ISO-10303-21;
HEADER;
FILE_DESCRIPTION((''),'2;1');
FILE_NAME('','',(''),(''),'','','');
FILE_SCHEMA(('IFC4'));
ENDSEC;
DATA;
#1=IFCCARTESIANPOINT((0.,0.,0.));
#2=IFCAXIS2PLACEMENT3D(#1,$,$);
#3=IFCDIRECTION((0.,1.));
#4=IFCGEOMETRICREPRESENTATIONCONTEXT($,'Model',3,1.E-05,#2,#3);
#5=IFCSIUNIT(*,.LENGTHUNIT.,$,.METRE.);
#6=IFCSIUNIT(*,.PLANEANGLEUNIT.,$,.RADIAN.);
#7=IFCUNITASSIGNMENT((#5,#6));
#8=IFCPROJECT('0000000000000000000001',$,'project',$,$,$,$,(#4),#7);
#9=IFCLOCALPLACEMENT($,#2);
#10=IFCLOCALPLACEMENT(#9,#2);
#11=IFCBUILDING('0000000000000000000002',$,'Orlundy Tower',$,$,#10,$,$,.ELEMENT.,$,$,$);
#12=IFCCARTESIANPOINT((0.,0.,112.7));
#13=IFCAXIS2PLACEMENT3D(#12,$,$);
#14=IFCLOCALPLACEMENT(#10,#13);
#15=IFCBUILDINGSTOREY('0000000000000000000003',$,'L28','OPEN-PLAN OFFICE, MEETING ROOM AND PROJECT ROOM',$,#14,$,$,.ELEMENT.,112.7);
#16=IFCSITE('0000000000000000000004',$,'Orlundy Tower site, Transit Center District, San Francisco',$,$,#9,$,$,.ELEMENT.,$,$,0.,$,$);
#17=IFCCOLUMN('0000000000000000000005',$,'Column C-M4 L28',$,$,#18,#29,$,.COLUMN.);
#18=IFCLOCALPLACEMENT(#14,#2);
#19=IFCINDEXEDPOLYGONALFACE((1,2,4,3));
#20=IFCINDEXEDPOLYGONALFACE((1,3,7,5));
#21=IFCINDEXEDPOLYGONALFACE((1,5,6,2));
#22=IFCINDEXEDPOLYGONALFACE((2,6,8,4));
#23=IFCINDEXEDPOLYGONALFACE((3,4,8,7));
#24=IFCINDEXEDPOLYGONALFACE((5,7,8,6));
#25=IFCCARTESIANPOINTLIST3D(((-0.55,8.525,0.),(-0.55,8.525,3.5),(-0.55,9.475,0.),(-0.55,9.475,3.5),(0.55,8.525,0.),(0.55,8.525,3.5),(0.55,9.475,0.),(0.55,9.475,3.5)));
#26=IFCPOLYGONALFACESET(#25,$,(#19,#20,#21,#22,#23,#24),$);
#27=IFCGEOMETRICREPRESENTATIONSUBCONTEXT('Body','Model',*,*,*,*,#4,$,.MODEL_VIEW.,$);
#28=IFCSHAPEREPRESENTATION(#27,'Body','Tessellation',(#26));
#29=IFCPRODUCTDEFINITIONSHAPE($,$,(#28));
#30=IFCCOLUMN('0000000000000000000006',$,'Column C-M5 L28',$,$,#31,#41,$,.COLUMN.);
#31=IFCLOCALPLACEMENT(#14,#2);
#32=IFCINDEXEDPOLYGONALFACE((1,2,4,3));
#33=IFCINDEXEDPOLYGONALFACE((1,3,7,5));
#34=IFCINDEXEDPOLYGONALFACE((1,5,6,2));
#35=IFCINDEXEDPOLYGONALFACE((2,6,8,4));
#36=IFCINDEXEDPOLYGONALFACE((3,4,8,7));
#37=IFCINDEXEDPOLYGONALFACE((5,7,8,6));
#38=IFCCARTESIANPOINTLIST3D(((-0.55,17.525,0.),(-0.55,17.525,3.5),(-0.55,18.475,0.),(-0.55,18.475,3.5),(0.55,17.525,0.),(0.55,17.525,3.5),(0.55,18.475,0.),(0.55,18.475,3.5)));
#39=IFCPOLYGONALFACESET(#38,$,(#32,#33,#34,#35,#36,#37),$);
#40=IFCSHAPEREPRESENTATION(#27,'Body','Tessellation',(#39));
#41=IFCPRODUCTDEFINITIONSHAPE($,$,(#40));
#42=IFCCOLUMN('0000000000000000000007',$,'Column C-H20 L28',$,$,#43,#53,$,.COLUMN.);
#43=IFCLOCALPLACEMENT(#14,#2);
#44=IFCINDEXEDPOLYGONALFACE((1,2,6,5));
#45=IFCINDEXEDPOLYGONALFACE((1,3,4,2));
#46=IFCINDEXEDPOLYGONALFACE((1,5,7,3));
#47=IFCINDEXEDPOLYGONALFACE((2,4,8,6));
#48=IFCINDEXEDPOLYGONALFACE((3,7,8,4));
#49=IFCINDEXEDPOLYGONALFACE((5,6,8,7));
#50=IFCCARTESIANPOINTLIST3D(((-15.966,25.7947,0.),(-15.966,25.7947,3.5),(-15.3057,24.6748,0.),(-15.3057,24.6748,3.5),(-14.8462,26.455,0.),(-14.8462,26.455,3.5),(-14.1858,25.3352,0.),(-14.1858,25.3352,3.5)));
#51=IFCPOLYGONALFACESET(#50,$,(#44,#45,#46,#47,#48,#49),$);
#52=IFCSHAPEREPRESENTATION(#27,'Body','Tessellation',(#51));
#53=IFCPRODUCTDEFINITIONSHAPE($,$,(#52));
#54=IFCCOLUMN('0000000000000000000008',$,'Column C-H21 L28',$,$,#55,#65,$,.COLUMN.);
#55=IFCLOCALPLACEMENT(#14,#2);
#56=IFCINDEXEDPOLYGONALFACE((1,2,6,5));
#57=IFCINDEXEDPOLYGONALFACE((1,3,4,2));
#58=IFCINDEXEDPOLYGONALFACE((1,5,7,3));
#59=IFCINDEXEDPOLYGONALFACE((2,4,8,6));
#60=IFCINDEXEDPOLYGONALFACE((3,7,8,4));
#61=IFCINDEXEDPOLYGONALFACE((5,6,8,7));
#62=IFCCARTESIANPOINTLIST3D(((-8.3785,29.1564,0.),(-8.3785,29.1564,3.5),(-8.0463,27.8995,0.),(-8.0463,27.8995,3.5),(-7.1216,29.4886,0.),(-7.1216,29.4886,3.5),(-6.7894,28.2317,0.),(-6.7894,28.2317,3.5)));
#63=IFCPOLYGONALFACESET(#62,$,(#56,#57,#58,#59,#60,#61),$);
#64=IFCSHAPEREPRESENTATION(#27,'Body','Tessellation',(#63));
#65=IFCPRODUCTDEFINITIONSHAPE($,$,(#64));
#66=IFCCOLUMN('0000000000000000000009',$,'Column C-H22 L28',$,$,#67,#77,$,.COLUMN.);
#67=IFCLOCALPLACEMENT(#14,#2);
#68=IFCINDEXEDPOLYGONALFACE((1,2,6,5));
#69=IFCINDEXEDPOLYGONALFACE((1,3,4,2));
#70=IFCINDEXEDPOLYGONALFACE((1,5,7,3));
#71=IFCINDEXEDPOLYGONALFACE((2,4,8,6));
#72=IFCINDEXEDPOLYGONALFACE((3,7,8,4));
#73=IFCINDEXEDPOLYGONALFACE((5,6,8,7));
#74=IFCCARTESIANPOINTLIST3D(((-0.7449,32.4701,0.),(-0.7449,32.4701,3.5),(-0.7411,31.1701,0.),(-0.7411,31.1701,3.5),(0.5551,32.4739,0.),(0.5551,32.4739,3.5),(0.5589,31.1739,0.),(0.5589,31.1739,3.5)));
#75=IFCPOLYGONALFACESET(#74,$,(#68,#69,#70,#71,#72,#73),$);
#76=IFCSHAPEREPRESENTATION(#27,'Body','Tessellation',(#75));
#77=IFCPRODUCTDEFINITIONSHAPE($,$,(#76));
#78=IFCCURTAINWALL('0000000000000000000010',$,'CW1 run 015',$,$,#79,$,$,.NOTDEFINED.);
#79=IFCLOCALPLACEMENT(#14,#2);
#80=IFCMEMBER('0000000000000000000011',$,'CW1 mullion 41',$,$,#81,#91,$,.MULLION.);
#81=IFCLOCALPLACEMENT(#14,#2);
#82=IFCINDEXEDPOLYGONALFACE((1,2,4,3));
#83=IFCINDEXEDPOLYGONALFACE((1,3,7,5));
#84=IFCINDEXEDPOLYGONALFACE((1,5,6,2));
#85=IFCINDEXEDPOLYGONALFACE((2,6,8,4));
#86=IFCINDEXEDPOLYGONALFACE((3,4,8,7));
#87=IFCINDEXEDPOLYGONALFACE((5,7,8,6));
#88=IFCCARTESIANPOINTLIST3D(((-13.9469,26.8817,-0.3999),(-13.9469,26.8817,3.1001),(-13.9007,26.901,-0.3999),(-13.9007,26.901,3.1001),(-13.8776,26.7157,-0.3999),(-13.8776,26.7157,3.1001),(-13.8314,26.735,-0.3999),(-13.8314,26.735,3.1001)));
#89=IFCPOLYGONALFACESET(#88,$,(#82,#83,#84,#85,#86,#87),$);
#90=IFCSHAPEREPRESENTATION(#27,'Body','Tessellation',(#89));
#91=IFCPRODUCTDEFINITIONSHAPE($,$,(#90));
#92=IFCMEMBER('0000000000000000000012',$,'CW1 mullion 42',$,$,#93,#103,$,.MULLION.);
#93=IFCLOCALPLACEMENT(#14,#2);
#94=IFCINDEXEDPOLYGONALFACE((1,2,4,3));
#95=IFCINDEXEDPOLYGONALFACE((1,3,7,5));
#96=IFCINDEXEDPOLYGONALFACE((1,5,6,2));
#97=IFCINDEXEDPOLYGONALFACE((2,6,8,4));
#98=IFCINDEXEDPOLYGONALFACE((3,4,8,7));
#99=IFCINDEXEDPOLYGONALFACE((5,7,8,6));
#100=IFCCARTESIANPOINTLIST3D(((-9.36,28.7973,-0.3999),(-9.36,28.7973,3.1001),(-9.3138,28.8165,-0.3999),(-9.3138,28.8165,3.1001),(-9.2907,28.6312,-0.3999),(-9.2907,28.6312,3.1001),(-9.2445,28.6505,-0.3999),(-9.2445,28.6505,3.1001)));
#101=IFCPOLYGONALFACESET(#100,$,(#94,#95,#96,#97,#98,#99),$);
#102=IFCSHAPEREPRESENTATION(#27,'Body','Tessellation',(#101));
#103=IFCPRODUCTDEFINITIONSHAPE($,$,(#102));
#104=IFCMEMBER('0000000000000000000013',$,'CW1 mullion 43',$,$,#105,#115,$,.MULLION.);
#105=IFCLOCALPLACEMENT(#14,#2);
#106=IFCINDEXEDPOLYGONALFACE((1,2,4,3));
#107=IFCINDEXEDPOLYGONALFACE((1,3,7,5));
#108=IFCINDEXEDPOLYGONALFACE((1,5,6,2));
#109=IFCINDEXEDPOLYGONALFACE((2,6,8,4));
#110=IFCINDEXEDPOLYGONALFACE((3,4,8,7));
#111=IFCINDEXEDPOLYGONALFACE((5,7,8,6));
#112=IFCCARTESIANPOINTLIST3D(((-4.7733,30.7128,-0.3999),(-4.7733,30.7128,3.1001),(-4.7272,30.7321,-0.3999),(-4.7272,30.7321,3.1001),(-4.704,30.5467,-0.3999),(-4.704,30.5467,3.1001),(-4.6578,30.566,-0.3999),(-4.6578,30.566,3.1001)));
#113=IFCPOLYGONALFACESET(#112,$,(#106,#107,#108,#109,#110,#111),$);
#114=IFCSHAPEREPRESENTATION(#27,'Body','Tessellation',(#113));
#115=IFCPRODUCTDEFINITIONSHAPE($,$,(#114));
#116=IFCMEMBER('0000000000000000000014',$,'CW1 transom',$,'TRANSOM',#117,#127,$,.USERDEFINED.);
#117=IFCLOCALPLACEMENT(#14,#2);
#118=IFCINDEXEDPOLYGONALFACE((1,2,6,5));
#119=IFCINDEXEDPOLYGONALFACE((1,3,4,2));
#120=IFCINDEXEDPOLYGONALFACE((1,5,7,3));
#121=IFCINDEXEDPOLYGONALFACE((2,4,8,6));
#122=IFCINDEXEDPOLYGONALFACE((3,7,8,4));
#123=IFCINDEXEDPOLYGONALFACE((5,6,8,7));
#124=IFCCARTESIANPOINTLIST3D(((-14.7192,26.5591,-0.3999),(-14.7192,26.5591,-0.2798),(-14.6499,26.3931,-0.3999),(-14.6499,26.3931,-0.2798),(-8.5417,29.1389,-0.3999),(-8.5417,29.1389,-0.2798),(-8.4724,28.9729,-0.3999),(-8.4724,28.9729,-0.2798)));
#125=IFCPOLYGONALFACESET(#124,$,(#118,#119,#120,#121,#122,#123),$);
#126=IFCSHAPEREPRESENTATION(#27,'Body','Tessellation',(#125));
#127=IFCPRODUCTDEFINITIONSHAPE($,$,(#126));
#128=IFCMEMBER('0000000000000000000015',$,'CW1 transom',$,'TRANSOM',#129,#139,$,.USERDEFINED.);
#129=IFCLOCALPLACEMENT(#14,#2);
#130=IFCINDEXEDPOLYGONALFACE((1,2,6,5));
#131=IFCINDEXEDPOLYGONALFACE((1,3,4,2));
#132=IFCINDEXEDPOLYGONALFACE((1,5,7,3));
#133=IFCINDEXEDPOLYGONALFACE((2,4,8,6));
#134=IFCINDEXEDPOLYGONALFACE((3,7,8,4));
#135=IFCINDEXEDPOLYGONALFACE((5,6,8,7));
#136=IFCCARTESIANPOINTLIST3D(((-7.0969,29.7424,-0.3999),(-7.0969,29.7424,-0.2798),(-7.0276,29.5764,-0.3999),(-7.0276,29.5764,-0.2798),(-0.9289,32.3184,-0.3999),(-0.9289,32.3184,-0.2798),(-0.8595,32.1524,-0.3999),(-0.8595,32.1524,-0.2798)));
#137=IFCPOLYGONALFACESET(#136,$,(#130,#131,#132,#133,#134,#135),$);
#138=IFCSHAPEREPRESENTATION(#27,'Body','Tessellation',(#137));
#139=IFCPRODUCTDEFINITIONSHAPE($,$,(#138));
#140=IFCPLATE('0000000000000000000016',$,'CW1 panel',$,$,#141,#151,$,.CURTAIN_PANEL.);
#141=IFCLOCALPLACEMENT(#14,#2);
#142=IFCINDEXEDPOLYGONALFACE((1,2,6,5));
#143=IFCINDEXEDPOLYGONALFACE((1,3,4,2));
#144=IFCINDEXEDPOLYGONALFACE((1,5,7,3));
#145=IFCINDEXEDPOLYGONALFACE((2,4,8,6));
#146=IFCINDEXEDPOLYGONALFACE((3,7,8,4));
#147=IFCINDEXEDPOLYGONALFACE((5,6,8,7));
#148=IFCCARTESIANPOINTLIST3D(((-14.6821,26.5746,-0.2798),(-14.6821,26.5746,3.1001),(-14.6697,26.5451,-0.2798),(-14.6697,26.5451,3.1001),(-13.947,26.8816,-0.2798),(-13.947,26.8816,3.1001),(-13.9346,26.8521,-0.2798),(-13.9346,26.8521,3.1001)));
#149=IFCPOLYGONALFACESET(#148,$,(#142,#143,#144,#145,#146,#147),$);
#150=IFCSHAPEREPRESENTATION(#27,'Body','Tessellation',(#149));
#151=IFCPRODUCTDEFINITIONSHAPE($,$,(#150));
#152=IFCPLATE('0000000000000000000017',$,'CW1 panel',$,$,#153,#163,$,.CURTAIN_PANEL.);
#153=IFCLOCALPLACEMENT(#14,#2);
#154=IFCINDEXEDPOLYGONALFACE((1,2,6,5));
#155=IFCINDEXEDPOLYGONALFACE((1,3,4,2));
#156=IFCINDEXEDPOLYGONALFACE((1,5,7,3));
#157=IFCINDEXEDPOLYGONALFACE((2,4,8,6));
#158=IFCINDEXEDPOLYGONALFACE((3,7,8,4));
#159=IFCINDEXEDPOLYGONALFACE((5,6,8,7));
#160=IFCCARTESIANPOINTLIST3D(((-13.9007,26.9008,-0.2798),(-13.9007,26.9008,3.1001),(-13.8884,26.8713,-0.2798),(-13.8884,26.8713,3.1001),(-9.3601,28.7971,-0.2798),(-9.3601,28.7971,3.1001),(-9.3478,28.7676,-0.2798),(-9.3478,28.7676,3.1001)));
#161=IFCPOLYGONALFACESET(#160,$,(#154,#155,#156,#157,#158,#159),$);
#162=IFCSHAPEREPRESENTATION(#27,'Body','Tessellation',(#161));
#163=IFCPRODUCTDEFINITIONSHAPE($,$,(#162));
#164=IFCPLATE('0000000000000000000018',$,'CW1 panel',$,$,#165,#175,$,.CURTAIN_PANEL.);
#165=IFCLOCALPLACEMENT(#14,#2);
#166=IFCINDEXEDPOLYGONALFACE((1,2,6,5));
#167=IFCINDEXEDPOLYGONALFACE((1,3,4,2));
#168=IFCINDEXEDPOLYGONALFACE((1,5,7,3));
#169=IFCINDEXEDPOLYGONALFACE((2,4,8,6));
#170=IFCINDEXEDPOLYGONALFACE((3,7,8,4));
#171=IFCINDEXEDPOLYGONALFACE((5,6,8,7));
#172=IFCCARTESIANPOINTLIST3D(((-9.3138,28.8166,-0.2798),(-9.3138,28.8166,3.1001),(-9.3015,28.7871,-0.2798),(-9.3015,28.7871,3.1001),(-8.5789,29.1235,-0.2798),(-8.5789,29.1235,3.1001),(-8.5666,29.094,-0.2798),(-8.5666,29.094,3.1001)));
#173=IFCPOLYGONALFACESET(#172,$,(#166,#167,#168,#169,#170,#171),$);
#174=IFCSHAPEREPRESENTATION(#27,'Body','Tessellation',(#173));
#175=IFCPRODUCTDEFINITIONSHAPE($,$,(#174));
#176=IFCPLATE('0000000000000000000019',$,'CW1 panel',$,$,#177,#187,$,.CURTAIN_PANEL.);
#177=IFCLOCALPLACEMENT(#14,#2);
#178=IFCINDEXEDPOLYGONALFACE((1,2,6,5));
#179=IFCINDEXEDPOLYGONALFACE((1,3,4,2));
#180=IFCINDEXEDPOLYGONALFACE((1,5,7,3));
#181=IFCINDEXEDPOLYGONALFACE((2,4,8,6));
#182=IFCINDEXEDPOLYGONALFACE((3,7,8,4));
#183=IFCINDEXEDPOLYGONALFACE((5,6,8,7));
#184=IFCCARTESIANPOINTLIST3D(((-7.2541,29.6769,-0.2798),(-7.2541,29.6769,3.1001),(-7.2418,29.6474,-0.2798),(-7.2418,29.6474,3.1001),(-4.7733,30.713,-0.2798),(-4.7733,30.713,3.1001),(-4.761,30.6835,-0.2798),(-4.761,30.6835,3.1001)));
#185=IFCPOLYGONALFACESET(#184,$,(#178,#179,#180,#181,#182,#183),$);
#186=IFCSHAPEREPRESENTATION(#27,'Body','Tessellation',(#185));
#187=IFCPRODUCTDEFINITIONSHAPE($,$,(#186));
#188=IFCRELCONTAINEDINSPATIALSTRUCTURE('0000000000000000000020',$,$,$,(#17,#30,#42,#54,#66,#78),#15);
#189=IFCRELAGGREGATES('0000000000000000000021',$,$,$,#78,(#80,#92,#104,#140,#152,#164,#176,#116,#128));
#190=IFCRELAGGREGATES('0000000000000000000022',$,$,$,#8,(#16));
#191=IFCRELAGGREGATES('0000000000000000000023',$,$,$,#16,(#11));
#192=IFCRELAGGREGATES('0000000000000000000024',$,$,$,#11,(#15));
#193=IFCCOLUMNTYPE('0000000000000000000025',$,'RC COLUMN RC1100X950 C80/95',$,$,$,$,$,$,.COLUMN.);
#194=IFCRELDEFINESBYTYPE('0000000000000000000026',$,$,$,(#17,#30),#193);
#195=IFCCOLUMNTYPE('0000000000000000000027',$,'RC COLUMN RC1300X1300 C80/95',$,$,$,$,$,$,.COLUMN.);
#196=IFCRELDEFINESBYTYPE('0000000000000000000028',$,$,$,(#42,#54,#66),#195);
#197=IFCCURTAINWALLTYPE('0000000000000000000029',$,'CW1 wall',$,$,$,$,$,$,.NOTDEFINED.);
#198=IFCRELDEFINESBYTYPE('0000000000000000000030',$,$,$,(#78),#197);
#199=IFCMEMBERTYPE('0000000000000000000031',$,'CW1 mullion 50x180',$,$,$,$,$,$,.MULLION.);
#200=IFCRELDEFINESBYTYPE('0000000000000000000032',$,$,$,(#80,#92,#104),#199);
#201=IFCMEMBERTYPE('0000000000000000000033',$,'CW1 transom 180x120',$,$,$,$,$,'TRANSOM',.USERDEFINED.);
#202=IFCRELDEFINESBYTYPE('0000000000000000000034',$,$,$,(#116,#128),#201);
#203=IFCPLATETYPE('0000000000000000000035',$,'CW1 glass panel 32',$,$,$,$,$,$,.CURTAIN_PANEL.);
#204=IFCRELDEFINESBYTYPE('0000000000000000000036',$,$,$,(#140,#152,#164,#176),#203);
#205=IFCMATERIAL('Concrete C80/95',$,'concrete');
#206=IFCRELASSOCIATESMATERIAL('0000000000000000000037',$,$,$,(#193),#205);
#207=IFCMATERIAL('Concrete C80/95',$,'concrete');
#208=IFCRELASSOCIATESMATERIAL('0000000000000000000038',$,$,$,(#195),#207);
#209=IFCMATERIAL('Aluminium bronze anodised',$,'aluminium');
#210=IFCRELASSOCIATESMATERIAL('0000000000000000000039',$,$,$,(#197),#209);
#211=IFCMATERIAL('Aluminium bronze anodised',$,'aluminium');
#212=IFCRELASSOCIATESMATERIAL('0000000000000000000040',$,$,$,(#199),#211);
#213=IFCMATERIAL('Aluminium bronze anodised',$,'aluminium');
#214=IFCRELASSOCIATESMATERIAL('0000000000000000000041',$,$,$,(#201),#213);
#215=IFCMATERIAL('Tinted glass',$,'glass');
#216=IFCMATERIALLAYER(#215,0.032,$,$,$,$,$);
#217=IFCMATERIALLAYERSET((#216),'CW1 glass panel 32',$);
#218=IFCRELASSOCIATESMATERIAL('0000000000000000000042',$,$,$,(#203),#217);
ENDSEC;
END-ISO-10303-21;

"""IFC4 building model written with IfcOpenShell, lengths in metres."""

from ifc_helpers import new_model, si_unit, direction, frame, origin, origin_2d, place, context, subcontext, project, spatial, rectangle, extrude, material, layer, layer_set, material_profile, profile_set, type_object, element, aggregate, save


model = new_model("IFC4")

# Units and contexts
model_context = context("Model", 3, precision=1e-05, world=origin(), true_north=direction((0.0, 1.0)))
body_context = subcontext(model_context, "Body", "Model", "MODEL_VIEW")
ifc_project = project(units=[si_unit("LENGTHUNIT", "METRE"), si_unit("PLANEANGLEUNIT", "RADIAN")], contexts=[model_context])

# Site, building, storey
site_placement = place(None, origin())
site = spatial("IfcSite", under=ifc_project, at=site_placement, Name="Orlundy Tower site, Transit Center District, San Francisco", CompositionType="ELEMENT", RefElevation=0.0)
building_placement = place(site_placement, origin())
building = spatial("IfcBuilding", under=site, at=building_placement, Name="Orlundy Tower", CompositionType="ELEMENT")
storey_placement = place(building_placement, frame((0.0, 0.0, 112.7)))
storey = spatial("IfcBuildingStorey", under=building, at=storey_placement, Name="L28", Description="OPEN-PLAN OFFICE, MEETING ROOM AND PROJECT ROOM", CompositionType="ELEMENT", Elevation=112.7)

# Columns
ifc_material_1 = material(Name="Concrete C80/95", Category="concrete")
ifc_material_profile_1 = material_profile(ifc_material_1, rectangle(XDim=1.1001, YDim=0.95, at=origin_2d()), Name="RC1100X950")
ifc_profile_set_1 = profile_set([ifc_material_profile_1], Name="Concrete C80/95")
column_type_1 = type_object("IfcColumnType", Name="RC COLUMN RC1100X950 C80/95", PredefinedType="COLUMN", material=ifc_profile_set_1)
for number, where, z_axis, x_axis, name in (
    (1, (0.0, 9.0, 0.0), (0.0, 0.0, 1.0), (1.0, 0.0, 0.0), "Column C-M4 L28"),
    (2, (0.0, 18.0, 0.0), (0.0, 0.0, 1.0), (1.0, 0.0, 0.0), "Column C-M5 L28"),
):
    element("IfcColumn", number, at=place(storey_placement, frame(where, z_axis=z_axis, x_axis=x_axis)), inside=storey, type_object=column_type_1, Name=name, PredefinedType="COLUMN", context=body_context, shape_type="SweptSolid", body=[
        extrude(rectangle(XDim=1.1001, YDim=0.95, at=origin_2d()), origin(), (0.0, 0.0, 1.0), 3.5),
    ])
ifc_material_2 = material(Name="Concrete C80/95", Category="concrete")
ifc_material_profile_2 = material_profile(ifc_material_2, rectangle(XDim=1.3, YDim=1.3, at=origin_2d()), Name="RC1300X1300")
ifc_profile_set_2 = profile_set([ifc_material_profile_2], Name="Concrete C80/95")
column_type_2 = type_object("IfcColumnType", Name="RC COLUMN RC1300X1300 C80/95", PredefinedType="COLUMN", material=ifc_profile_set_2)
for number, where, z_axis, x_axis, name in (
    (3, (-15.0759, 25.5649, 0.0), (0.0, 0.0, 1.0), (-0.507959, 0.861381, 0.0), "Column C-H20 L28"),
    (4, (-7.584, 28.6941, 0.0), (0.0, 0.0, 1.0), (-0.25553, 0.966801, 0.0), "Column C-H21 L28"),
    (5, (-0.093, 31.822, 0.0), (0.0, 0.0, 1.0), (-0.002915, 0.999996, 0.0), "Column C-H22 L28"),
):
    element("IfcColumn", number, at=place(storey_placement, frame(where, z_axis=z_axis, x_axis=x_axis)), inside=storey, type_object=column_type_2, Name=name, PredefinedType="COLUMN", context=body_context, shape_type="SweptSolid", body=[
        extrude(rectangle(XDim=1.3, YDim=1.3, at=origin_2d()), origin(), (0.0, 0.0, 1.0), 3.5),
    ])

# Curtain wall, members, plates
ifc_material_3 = material(Name="Aluminium bronze anodised", Category="aluminium")
curtain_wall_type = type_object("IfcCurtainWallType", Name="CW1 wall", PredefinedType="NOTDEFINED", material=ifc_material_3)
curtain_wall_placement = place(storey_placement, origin())
curtain_wall = element("IfcCurtainWall", 6, at=curtain_wall_placement, inside=storey, type_object=curtain_wall_type, Name="CW1 run 015", PredefinedType="NOTDEFINED")
ifc_material_4 = material(Name="Aluminium bronze anodised", Category="aluminium")
ifc_material_profile_3 = material_profile(ifc_material_4, rectangle(XDim=0.1799, YDim=0.05, at=origin_2d()), Name="CW1 mullion 50x180")
ifc_profile_set_3 = profile_set([ifc_material_profile_3], Name="Aluminium bronze anodised")
member_type_1 = type_object("IfcMemberType", Name="CW1 mullion 50x180", PredefinedType="MULLION", material=ifc_profile_set_3)
member_1_placement = place(storey_placement, frame((-13.8892, 26.8083, -0.3999), z_axis=(0.0, 0.0, 1.0), x_axis=(-0.385375, 0.92276, 0.0)))
member_1 = element("IfcMember", 7, at=member_1_placement, type_object=member_type_1, Name="CW1 mullion 41", PredefinedType="MULLION", context=body_context, shape_type="SweptSolid", body=[
    extrude(rectangle(XDim=0.1799, YDim=0.05, at=origin_2d()), origin(), (0.0, 0.0, 1.0), 3.5),
])
member_2_placement = place(storey_placement, frame((-9.3022, 28.7239, -0.3999), z_axis=(0.0, 0.0, 1.0), x_axis=(-0.385375, 0.92276, 0.0)))
member_2 = element("IfcMember", 8, at=member_2_placement, type_object=member_type_1, Name="CW1 mullion 42", PredefinedType="MULLION", context=body_context, shape_type="SweptSolid", body=[
    extrude(rectangle(XDim=0.1799, YDim=0.05, at=origin_2d()), origin(), (0.0, 0.0, 1.0), 3.5),
])
member_3_placement = place(storey_placement, frame((-4.7156, 30.6394, -0.3999), z_axis=(0.0, 0.0, 1.0), x_axis=(-0.385375, 0.92276, 0.0)))
member_3 = element("IfcMember", 9, at=member_3_placement, type_object=member_type_1, Name="CW1 mullion 43", PredefinedType="MULLION", context=body_context, shape_type="SweptSolid", body=[
    extrude(rectangle(XDim=0.1799, YDim=0.05, at=origin_2d()), origin(), (0.0, 0.0, 1.0), 3.5),
])
ifc_material_5 = material(Name="Aluminium bronze anodised", Category="aluminium")
ifc_material_profile_4 = material_profile(ifc_material_5, rectangle(XDim=0.1799, YDim=0.1201, at=origin_2d()), Name="CW1 transom 180x120")
ifc_profile_set_4 = profile_set([ifc_material_profile_4], Name="Aluminium bronze anodised")
member_type_2 = type_object("IfcMemberType", Name="CW1 transom 180x120", ElementType="TRANSOM", PredefinedType="USERDEFINED", material=ifc_profile_set_4)
member_4_placement = place(storey_placement, frame((-14.6846, 26.4761, -0.3398), z_axis=(0.922765, 0.385364, 0.0), x_axis=(-0.385364, 0.922765, 0.0)))
member_4 = element("IfcMember", 10, at=member_4_placement, type_object=member_type_2, Name="CW1 transom", ObjectType="TRANSOM", PredefinedType="USERDEFINED", context=body_context, shape_type="SweptSolid", body=[
    extrude(rectangle(XDim=0.1799, YDim=0.1201, at=origin_2d()), origin(), (0.0, 0.0, 1.0), 6.6946),
])
member_5_placement = place(storey_placement, frame((-7.0623, 29.6594, -0.3398), z_axis=(0.922761, 0.385373, 0.0), x_axis=(-0.385373, 0.922761, 0.0)))
member_5 = element("IfcMember", 11, at=member_5_placement, type_object=member_type_2, Name="CW1 transom", ObjectType="TRANSOM", PredefinedType="USERDEFINED", context=body_context, shape_type="SweptSolid", body=[
    extrude(rectangle(XDim=0.1799, YDim=0.1201, at=origin_2d()), origin(), (0.0, 0.0, 1.0), 6.6843),
])
ifc_material_6 = material(Name="Tinted glass", Category="glass")
ifc_layer_1 = layer(ifc_material_6, 0.032)
ifc_layer_set_1 = layer_set([ifc_layer_1], Name="CW1 glass panel 32")
plate_type = type_object("IfcPlateType", Name="CW1 glass panel 32", PredefinedType="CURTAIN_PANEL", material=ifc_layer_set_1)
plate_1_placement = place(storey_placement, frame((-14.3083, 26.7134, -0.2798), z_axis=(0.0, 0.0, 1.0), x_axis=(0.92276, 0.385375, 0.0)))
plate_1 = element("IfcPlate", 12, at=plate_1_placement, type_object=plate_type, Name="CW1 panel", PredefinedType="CURTAIN_PANEL", context=body_context, shape_type="SweptSolid", body=[
    extrude(rectangle(XDim=0.7966, YDim=0.032, at=origin_2d()), origin(), (0.0, 0.0, 1.0), 3.3799),
])
plate_2_placement = place(storey_placement, frame((-11.6243, 27.8342, -0.2798), z_axis=(0.0, 0.0, 1.0), x_axis=(0.92276, 0.385375, 0.0)))
plate_2 = element("IfcPlate", 13, at=plate_2_placement, type_object=plate_type, Name="CW1 panel", PredefinedType="CURTAIN_PANEL", context=body_context, shape_type="SweptSolid", body=[
    extrude(rectangle(XDim=4.9207, YDim=0.032, at=origin_2d()), origin(), (0.0, 0.0, 1.0), 3.3799),
])
plate_3_placement = place(storey_placement, frame((-8.9402, 28.9553, -0.2798), z_axis=(0.0, 0.0, 1.0), x_axis=(0.92276, 0.385375, 0.0)))
plate_3 = element("IfcPlate", 14, at=plate_3_placement, type_object=plate_type, Name="CW1 panel", PredefinedType="CURTAIN_PANEL", context=body_context, shape_type="SweptSolid", body=[
    extrude(rectangle(XDim=0.7964, YDim=0.032, at=origin_2d()), origin(), (0.0, 0.0, 1.0), 3.3799),
])
plate_4_placement = place(storey_placement, frame((-6.0076, 30.1802, -0.2798), z_axis=(0.0, 0.0, 1.0), x_axis=(0.92276, 0.385375, 0.0)))
plate_4 = element("IfcPlate", 15, at=plate_4_placement, type_object=plate_type, Name="CW1 panel", PredefinedType="CURTAIN_PANEL", context=body_context, shape_type="SweptSolid", body=[
    extrude(rectangle(XDim=2.6885, YDim=0.032, at=origin_2d()), origin(), (0.0, 0.0, 1.0), 3.3799),
])
aggregate(curtain_wall, [member_1, member_2, member_3, plate_1, plate_2, plate_3, plate_4, member_4, member_5])

save(model, "model.ifc")
